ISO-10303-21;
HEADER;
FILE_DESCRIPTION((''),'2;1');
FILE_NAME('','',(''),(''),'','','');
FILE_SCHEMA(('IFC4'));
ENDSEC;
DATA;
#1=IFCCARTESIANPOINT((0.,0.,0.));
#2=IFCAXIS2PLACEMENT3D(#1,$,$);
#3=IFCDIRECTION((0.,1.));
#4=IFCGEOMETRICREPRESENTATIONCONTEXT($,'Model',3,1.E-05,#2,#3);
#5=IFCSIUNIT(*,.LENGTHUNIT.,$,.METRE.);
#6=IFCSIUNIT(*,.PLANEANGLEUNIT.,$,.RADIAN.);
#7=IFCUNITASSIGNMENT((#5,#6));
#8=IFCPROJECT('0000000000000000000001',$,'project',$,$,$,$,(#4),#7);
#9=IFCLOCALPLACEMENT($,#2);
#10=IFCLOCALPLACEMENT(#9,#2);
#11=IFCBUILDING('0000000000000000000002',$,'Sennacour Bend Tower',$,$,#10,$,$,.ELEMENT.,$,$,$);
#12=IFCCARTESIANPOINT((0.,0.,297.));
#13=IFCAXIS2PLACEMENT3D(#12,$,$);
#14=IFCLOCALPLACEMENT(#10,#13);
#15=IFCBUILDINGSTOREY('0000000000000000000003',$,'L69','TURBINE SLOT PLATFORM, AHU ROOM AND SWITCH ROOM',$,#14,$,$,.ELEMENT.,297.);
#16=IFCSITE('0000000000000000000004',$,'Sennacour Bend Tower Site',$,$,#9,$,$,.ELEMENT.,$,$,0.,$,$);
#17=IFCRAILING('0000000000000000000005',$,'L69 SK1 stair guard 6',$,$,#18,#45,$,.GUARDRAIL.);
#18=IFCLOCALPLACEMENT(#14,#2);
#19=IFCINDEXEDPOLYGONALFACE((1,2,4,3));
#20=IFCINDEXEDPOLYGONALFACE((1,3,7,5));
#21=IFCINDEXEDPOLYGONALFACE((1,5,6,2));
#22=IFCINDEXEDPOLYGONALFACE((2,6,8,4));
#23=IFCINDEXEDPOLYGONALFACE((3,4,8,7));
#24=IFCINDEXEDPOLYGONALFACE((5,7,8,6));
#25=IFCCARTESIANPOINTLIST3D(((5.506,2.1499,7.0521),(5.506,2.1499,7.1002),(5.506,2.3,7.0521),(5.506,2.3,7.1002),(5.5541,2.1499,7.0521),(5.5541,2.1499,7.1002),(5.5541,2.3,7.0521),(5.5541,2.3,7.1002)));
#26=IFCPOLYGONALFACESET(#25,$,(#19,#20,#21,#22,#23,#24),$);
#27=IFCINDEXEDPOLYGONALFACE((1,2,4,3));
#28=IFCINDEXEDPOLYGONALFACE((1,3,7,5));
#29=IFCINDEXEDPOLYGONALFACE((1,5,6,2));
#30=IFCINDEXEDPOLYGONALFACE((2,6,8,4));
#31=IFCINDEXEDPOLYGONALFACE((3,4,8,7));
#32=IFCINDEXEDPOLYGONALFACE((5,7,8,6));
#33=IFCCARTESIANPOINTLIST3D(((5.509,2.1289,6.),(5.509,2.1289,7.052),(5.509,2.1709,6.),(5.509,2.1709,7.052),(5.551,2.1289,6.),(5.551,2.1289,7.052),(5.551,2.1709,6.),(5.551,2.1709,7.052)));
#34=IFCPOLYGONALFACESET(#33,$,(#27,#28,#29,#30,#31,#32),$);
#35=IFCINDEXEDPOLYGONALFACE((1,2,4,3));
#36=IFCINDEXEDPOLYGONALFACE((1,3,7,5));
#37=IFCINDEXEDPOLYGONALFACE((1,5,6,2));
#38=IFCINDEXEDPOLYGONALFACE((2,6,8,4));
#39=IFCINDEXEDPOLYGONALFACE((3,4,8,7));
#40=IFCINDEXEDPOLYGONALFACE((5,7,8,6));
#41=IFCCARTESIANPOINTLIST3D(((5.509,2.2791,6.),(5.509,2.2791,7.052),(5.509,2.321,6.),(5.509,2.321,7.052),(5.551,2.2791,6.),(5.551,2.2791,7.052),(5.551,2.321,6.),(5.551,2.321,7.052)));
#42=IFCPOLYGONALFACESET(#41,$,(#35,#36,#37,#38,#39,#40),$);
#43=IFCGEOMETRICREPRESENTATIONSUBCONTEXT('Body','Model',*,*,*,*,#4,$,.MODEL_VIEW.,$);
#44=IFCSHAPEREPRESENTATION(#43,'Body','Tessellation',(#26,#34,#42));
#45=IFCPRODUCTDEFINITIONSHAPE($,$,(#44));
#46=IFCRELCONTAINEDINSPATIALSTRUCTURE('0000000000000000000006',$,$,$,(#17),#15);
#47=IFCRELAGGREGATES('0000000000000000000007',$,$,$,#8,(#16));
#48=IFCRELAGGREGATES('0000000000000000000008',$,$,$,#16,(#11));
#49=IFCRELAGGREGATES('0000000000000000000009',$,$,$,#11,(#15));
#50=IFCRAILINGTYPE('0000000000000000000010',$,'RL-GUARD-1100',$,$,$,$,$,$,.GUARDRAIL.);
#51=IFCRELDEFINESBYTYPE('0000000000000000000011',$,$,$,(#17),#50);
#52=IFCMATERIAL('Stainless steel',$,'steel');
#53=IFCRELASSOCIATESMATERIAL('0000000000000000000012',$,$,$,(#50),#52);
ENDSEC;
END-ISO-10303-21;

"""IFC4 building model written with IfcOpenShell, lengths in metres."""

from ifc_helpers import new_model, si_unit, direction, frame, origin, origin_2d, place, context, subcontext, project, spatial, rectangle, extrude, material, type_object, element, save


model = new_model("IFC4")

# Units and contexts
model_context = context("Model", 3, precision=1e-05, world=origin(), true_north=direction((0.0, 1.0)))
body_context = subcontext(model_context, "Body", "Model", "MODEL_VIEW")
ifc_project = project(units=[si_unit("LENGTHUNIT", "METRE"), si_unit("PLANEANGLEUNIT", "RADIAN")], contexts=[model_context])

# Site, building, storey
site_placement = place(None, origin())
site = spatial("IfcSite", under=ifc_project, at=site_placement, Name="Sennacour Bend Tower Site", CompositionType="ELEMENT", RefElevation=0.0)
building_placement = place(site_placement, origin())
building = spatial("IfcBuilding", under=site, at=building_placement, Name="Sennacour Bend Tower", CompositionType="ELEMENT")
storey_placement = place(building_placement, frame((0.0, 0.0, 297.0)))
storey = spatial("IfcBuildingStorey", under=building, at=storey_placement, Name="L69", Description="TURBINE SLOT PLATFORM, AHU ROOM AND SWITCH ROOM", CompositionType="ELEMENT", Elevation=297.0)

# Railing
ifc_material_1 = material(Name="Stainless steel", Category="steel")
railing_type_1 = type_object("IfcRailingType", Name="RL-GUARD-1100", PredefinedType="GUARDRAIL", material=ifc_material_1)
railing_placement = place(storey_placement, frame((5.53, 2.1499, 6.0)))
element("IfcRailing", 1, at=railing_placement, inside=storey, type_object=railing_type_1, Name="L69 SK1 stair guard 6", PredefinedType="GUARDRAIL", context=body_context, shape_type="SweptSolid", body=[
    extrude(rectangle(XDim=0.0481, YDim=0.0481, at=origin_2d()), frame((0.0, 0.0, 1.0762), z_axis=(0.0, 1.0, 0.0), x_axis=(-1.0, 0.0, 0.0)), (0.0, 0.0, 1.0), 0.1501),
    extrude(rectangle(XDim=0.042, YDim=0.042, at=origin_2d()), origin(), (0.0, 0.0, 1.0), 1.052),
    extrude(rectangle(XDim=0.042, YDim=0.042, at=origin_2d()), frame((0.0, 0.1501, 0.0)), (0.0, 0.0, 1.0), 1.052),
])

save(model, "model.ifc")
